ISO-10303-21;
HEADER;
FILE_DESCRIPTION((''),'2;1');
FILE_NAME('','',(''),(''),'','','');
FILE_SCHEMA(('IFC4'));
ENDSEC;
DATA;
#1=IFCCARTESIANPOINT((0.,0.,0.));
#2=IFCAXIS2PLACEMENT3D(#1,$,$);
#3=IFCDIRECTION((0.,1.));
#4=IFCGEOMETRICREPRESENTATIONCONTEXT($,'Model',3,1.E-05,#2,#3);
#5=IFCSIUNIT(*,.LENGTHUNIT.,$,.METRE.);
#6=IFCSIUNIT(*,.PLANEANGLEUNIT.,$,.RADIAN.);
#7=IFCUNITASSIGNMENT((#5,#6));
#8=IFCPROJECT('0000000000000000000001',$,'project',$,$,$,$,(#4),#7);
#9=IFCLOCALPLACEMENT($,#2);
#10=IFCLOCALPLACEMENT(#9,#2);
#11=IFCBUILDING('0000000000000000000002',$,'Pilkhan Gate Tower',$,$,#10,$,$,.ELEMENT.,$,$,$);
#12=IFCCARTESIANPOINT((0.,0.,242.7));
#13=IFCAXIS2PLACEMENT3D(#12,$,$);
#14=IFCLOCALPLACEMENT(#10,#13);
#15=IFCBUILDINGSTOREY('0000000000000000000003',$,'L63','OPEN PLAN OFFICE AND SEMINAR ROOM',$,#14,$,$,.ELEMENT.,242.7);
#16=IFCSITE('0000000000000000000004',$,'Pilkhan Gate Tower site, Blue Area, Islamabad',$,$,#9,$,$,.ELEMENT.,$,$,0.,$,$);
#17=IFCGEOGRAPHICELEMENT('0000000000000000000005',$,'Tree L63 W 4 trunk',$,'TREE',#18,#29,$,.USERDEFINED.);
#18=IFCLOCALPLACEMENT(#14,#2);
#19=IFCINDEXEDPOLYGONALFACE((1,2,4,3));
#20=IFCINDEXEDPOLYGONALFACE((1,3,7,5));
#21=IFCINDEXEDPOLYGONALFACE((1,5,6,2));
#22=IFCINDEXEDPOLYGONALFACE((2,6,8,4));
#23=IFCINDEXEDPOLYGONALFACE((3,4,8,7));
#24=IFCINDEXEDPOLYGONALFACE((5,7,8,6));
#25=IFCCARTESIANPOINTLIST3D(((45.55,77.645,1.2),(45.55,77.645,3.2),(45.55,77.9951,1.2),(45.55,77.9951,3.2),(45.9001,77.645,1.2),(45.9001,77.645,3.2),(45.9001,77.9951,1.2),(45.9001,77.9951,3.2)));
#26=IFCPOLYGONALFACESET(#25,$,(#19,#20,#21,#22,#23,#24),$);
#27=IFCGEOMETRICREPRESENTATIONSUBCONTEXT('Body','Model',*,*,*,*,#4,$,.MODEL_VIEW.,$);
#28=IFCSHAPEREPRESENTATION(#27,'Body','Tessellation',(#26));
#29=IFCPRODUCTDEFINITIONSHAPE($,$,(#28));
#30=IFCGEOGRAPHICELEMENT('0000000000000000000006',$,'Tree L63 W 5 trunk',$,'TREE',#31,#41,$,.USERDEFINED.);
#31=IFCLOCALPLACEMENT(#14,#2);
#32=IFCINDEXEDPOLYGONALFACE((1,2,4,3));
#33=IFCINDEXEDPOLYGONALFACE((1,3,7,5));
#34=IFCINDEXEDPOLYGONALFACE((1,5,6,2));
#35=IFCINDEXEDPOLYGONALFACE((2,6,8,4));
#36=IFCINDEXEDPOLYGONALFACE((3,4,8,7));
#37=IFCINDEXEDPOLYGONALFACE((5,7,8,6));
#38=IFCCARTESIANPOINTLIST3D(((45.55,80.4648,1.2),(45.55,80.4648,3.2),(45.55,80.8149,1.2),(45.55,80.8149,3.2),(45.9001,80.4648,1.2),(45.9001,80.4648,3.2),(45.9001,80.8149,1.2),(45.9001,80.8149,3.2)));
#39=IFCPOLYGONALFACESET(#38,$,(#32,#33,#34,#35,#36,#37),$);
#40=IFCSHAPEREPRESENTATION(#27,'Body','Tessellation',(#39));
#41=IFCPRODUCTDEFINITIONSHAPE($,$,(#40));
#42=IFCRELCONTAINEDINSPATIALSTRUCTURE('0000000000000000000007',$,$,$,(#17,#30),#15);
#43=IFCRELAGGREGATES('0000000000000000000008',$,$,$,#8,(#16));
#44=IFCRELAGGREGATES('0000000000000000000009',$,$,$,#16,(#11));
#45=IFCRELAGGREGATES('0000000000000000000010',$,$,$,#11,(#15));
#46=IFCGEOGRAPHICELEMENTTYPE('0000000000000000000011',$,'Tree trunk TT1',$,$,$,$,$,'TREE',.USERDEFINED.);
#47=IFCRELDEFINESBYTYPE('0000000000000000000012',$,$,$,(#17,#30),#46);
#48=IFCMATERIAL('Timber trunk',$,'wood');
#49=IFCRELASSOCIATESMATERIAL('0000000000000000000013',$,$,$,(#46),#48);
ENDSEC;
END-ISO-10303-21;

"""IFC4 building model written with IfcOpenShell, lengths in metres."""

from ifc_helpers import new_model, si_unit, direction, frame, origin, origin_2d, place, context, subcontext, project, spatial, rectangle, extrude, material, type_object, element, save


model = new_model("IFC4")

# Units and contexts
model_context = context("Model", 3, precision=1e-05, world=origin(), true_north=direction((0.0, 1.0)))
body_context = subcontext(model_context, "Body", "Model", "MODEL_VIEW")
ifc_project = project(units=[si_unit("LENGTHUNIT", "METRE"), si_unit("PLANEANGLEUNIT", "RADIAN")], contexts=[model_context])

# Site, building, storey
site_placement = place(None, origin())
site = spatial("IfcSite", under=ifc_project, at=site_placement, Name="Pilkhan Gate Tower site, Blue Area, Islamabad", CompositionType="ELEMENT", RefElevation=0.0)
building_placement = place(site_placement, origin())
building = spatial("IfcBuilding", under=site, at=building_placement, Name="Pilkhan Gate Tower", CompositionType="ELEMENT")
storey_placement = place(building_placement, frame((0.0, 0.0, 242.7)))
storey = spatial("IfcBuildingStorey", under=building, at=storey_placement, Name="L63", Description="OPEN PLAN OFFICE AND SEMINAR ROOM", CompositionType="ELEMENT", Elevation=242.7)

# Geographic elements
ifc_material_1 = material(Name="Timber trunk", Category="wood")
geographic_element_type_1 = type_object("IfcGeographicElementType", Name="Tree trunk TT1", ElementType="TREE", PredefinedType="USERDEFINED", material=ifc_material_1)
for number, where, z_axis, x_axis, name in (
    (1, (45.7251, 77.8201, 1.2), (0.0, 0.0, 1.0), (1.0, 0.0, 0.0), "Tree L63 W 4 trunk"),
    (2, (45.7251, 80.6399, 1.2), (0.0, 0.0, 1.0), (1.0, 0.0, 0.0), "Tree L63 W 5 trunk"),
):
    element("IfcGeographicElement", number, at=place(storey_placement, frame(where, z_axis=z_axis, x_axis=x_axis)), inside=storey, type_object=geographic_element_type_1, Name=name, ObjectType="TREE", PredefinedType="USERDEFINED", context=body_context, shape_type="SweptSolid", body=[
        extrude(rectangle(XDim=0.3501, YDim=0.3501, at=origin_2d()), origin(), (0.0, 0.0, 1.0), 2.0),
    ])

save(model, "model.ifc")
